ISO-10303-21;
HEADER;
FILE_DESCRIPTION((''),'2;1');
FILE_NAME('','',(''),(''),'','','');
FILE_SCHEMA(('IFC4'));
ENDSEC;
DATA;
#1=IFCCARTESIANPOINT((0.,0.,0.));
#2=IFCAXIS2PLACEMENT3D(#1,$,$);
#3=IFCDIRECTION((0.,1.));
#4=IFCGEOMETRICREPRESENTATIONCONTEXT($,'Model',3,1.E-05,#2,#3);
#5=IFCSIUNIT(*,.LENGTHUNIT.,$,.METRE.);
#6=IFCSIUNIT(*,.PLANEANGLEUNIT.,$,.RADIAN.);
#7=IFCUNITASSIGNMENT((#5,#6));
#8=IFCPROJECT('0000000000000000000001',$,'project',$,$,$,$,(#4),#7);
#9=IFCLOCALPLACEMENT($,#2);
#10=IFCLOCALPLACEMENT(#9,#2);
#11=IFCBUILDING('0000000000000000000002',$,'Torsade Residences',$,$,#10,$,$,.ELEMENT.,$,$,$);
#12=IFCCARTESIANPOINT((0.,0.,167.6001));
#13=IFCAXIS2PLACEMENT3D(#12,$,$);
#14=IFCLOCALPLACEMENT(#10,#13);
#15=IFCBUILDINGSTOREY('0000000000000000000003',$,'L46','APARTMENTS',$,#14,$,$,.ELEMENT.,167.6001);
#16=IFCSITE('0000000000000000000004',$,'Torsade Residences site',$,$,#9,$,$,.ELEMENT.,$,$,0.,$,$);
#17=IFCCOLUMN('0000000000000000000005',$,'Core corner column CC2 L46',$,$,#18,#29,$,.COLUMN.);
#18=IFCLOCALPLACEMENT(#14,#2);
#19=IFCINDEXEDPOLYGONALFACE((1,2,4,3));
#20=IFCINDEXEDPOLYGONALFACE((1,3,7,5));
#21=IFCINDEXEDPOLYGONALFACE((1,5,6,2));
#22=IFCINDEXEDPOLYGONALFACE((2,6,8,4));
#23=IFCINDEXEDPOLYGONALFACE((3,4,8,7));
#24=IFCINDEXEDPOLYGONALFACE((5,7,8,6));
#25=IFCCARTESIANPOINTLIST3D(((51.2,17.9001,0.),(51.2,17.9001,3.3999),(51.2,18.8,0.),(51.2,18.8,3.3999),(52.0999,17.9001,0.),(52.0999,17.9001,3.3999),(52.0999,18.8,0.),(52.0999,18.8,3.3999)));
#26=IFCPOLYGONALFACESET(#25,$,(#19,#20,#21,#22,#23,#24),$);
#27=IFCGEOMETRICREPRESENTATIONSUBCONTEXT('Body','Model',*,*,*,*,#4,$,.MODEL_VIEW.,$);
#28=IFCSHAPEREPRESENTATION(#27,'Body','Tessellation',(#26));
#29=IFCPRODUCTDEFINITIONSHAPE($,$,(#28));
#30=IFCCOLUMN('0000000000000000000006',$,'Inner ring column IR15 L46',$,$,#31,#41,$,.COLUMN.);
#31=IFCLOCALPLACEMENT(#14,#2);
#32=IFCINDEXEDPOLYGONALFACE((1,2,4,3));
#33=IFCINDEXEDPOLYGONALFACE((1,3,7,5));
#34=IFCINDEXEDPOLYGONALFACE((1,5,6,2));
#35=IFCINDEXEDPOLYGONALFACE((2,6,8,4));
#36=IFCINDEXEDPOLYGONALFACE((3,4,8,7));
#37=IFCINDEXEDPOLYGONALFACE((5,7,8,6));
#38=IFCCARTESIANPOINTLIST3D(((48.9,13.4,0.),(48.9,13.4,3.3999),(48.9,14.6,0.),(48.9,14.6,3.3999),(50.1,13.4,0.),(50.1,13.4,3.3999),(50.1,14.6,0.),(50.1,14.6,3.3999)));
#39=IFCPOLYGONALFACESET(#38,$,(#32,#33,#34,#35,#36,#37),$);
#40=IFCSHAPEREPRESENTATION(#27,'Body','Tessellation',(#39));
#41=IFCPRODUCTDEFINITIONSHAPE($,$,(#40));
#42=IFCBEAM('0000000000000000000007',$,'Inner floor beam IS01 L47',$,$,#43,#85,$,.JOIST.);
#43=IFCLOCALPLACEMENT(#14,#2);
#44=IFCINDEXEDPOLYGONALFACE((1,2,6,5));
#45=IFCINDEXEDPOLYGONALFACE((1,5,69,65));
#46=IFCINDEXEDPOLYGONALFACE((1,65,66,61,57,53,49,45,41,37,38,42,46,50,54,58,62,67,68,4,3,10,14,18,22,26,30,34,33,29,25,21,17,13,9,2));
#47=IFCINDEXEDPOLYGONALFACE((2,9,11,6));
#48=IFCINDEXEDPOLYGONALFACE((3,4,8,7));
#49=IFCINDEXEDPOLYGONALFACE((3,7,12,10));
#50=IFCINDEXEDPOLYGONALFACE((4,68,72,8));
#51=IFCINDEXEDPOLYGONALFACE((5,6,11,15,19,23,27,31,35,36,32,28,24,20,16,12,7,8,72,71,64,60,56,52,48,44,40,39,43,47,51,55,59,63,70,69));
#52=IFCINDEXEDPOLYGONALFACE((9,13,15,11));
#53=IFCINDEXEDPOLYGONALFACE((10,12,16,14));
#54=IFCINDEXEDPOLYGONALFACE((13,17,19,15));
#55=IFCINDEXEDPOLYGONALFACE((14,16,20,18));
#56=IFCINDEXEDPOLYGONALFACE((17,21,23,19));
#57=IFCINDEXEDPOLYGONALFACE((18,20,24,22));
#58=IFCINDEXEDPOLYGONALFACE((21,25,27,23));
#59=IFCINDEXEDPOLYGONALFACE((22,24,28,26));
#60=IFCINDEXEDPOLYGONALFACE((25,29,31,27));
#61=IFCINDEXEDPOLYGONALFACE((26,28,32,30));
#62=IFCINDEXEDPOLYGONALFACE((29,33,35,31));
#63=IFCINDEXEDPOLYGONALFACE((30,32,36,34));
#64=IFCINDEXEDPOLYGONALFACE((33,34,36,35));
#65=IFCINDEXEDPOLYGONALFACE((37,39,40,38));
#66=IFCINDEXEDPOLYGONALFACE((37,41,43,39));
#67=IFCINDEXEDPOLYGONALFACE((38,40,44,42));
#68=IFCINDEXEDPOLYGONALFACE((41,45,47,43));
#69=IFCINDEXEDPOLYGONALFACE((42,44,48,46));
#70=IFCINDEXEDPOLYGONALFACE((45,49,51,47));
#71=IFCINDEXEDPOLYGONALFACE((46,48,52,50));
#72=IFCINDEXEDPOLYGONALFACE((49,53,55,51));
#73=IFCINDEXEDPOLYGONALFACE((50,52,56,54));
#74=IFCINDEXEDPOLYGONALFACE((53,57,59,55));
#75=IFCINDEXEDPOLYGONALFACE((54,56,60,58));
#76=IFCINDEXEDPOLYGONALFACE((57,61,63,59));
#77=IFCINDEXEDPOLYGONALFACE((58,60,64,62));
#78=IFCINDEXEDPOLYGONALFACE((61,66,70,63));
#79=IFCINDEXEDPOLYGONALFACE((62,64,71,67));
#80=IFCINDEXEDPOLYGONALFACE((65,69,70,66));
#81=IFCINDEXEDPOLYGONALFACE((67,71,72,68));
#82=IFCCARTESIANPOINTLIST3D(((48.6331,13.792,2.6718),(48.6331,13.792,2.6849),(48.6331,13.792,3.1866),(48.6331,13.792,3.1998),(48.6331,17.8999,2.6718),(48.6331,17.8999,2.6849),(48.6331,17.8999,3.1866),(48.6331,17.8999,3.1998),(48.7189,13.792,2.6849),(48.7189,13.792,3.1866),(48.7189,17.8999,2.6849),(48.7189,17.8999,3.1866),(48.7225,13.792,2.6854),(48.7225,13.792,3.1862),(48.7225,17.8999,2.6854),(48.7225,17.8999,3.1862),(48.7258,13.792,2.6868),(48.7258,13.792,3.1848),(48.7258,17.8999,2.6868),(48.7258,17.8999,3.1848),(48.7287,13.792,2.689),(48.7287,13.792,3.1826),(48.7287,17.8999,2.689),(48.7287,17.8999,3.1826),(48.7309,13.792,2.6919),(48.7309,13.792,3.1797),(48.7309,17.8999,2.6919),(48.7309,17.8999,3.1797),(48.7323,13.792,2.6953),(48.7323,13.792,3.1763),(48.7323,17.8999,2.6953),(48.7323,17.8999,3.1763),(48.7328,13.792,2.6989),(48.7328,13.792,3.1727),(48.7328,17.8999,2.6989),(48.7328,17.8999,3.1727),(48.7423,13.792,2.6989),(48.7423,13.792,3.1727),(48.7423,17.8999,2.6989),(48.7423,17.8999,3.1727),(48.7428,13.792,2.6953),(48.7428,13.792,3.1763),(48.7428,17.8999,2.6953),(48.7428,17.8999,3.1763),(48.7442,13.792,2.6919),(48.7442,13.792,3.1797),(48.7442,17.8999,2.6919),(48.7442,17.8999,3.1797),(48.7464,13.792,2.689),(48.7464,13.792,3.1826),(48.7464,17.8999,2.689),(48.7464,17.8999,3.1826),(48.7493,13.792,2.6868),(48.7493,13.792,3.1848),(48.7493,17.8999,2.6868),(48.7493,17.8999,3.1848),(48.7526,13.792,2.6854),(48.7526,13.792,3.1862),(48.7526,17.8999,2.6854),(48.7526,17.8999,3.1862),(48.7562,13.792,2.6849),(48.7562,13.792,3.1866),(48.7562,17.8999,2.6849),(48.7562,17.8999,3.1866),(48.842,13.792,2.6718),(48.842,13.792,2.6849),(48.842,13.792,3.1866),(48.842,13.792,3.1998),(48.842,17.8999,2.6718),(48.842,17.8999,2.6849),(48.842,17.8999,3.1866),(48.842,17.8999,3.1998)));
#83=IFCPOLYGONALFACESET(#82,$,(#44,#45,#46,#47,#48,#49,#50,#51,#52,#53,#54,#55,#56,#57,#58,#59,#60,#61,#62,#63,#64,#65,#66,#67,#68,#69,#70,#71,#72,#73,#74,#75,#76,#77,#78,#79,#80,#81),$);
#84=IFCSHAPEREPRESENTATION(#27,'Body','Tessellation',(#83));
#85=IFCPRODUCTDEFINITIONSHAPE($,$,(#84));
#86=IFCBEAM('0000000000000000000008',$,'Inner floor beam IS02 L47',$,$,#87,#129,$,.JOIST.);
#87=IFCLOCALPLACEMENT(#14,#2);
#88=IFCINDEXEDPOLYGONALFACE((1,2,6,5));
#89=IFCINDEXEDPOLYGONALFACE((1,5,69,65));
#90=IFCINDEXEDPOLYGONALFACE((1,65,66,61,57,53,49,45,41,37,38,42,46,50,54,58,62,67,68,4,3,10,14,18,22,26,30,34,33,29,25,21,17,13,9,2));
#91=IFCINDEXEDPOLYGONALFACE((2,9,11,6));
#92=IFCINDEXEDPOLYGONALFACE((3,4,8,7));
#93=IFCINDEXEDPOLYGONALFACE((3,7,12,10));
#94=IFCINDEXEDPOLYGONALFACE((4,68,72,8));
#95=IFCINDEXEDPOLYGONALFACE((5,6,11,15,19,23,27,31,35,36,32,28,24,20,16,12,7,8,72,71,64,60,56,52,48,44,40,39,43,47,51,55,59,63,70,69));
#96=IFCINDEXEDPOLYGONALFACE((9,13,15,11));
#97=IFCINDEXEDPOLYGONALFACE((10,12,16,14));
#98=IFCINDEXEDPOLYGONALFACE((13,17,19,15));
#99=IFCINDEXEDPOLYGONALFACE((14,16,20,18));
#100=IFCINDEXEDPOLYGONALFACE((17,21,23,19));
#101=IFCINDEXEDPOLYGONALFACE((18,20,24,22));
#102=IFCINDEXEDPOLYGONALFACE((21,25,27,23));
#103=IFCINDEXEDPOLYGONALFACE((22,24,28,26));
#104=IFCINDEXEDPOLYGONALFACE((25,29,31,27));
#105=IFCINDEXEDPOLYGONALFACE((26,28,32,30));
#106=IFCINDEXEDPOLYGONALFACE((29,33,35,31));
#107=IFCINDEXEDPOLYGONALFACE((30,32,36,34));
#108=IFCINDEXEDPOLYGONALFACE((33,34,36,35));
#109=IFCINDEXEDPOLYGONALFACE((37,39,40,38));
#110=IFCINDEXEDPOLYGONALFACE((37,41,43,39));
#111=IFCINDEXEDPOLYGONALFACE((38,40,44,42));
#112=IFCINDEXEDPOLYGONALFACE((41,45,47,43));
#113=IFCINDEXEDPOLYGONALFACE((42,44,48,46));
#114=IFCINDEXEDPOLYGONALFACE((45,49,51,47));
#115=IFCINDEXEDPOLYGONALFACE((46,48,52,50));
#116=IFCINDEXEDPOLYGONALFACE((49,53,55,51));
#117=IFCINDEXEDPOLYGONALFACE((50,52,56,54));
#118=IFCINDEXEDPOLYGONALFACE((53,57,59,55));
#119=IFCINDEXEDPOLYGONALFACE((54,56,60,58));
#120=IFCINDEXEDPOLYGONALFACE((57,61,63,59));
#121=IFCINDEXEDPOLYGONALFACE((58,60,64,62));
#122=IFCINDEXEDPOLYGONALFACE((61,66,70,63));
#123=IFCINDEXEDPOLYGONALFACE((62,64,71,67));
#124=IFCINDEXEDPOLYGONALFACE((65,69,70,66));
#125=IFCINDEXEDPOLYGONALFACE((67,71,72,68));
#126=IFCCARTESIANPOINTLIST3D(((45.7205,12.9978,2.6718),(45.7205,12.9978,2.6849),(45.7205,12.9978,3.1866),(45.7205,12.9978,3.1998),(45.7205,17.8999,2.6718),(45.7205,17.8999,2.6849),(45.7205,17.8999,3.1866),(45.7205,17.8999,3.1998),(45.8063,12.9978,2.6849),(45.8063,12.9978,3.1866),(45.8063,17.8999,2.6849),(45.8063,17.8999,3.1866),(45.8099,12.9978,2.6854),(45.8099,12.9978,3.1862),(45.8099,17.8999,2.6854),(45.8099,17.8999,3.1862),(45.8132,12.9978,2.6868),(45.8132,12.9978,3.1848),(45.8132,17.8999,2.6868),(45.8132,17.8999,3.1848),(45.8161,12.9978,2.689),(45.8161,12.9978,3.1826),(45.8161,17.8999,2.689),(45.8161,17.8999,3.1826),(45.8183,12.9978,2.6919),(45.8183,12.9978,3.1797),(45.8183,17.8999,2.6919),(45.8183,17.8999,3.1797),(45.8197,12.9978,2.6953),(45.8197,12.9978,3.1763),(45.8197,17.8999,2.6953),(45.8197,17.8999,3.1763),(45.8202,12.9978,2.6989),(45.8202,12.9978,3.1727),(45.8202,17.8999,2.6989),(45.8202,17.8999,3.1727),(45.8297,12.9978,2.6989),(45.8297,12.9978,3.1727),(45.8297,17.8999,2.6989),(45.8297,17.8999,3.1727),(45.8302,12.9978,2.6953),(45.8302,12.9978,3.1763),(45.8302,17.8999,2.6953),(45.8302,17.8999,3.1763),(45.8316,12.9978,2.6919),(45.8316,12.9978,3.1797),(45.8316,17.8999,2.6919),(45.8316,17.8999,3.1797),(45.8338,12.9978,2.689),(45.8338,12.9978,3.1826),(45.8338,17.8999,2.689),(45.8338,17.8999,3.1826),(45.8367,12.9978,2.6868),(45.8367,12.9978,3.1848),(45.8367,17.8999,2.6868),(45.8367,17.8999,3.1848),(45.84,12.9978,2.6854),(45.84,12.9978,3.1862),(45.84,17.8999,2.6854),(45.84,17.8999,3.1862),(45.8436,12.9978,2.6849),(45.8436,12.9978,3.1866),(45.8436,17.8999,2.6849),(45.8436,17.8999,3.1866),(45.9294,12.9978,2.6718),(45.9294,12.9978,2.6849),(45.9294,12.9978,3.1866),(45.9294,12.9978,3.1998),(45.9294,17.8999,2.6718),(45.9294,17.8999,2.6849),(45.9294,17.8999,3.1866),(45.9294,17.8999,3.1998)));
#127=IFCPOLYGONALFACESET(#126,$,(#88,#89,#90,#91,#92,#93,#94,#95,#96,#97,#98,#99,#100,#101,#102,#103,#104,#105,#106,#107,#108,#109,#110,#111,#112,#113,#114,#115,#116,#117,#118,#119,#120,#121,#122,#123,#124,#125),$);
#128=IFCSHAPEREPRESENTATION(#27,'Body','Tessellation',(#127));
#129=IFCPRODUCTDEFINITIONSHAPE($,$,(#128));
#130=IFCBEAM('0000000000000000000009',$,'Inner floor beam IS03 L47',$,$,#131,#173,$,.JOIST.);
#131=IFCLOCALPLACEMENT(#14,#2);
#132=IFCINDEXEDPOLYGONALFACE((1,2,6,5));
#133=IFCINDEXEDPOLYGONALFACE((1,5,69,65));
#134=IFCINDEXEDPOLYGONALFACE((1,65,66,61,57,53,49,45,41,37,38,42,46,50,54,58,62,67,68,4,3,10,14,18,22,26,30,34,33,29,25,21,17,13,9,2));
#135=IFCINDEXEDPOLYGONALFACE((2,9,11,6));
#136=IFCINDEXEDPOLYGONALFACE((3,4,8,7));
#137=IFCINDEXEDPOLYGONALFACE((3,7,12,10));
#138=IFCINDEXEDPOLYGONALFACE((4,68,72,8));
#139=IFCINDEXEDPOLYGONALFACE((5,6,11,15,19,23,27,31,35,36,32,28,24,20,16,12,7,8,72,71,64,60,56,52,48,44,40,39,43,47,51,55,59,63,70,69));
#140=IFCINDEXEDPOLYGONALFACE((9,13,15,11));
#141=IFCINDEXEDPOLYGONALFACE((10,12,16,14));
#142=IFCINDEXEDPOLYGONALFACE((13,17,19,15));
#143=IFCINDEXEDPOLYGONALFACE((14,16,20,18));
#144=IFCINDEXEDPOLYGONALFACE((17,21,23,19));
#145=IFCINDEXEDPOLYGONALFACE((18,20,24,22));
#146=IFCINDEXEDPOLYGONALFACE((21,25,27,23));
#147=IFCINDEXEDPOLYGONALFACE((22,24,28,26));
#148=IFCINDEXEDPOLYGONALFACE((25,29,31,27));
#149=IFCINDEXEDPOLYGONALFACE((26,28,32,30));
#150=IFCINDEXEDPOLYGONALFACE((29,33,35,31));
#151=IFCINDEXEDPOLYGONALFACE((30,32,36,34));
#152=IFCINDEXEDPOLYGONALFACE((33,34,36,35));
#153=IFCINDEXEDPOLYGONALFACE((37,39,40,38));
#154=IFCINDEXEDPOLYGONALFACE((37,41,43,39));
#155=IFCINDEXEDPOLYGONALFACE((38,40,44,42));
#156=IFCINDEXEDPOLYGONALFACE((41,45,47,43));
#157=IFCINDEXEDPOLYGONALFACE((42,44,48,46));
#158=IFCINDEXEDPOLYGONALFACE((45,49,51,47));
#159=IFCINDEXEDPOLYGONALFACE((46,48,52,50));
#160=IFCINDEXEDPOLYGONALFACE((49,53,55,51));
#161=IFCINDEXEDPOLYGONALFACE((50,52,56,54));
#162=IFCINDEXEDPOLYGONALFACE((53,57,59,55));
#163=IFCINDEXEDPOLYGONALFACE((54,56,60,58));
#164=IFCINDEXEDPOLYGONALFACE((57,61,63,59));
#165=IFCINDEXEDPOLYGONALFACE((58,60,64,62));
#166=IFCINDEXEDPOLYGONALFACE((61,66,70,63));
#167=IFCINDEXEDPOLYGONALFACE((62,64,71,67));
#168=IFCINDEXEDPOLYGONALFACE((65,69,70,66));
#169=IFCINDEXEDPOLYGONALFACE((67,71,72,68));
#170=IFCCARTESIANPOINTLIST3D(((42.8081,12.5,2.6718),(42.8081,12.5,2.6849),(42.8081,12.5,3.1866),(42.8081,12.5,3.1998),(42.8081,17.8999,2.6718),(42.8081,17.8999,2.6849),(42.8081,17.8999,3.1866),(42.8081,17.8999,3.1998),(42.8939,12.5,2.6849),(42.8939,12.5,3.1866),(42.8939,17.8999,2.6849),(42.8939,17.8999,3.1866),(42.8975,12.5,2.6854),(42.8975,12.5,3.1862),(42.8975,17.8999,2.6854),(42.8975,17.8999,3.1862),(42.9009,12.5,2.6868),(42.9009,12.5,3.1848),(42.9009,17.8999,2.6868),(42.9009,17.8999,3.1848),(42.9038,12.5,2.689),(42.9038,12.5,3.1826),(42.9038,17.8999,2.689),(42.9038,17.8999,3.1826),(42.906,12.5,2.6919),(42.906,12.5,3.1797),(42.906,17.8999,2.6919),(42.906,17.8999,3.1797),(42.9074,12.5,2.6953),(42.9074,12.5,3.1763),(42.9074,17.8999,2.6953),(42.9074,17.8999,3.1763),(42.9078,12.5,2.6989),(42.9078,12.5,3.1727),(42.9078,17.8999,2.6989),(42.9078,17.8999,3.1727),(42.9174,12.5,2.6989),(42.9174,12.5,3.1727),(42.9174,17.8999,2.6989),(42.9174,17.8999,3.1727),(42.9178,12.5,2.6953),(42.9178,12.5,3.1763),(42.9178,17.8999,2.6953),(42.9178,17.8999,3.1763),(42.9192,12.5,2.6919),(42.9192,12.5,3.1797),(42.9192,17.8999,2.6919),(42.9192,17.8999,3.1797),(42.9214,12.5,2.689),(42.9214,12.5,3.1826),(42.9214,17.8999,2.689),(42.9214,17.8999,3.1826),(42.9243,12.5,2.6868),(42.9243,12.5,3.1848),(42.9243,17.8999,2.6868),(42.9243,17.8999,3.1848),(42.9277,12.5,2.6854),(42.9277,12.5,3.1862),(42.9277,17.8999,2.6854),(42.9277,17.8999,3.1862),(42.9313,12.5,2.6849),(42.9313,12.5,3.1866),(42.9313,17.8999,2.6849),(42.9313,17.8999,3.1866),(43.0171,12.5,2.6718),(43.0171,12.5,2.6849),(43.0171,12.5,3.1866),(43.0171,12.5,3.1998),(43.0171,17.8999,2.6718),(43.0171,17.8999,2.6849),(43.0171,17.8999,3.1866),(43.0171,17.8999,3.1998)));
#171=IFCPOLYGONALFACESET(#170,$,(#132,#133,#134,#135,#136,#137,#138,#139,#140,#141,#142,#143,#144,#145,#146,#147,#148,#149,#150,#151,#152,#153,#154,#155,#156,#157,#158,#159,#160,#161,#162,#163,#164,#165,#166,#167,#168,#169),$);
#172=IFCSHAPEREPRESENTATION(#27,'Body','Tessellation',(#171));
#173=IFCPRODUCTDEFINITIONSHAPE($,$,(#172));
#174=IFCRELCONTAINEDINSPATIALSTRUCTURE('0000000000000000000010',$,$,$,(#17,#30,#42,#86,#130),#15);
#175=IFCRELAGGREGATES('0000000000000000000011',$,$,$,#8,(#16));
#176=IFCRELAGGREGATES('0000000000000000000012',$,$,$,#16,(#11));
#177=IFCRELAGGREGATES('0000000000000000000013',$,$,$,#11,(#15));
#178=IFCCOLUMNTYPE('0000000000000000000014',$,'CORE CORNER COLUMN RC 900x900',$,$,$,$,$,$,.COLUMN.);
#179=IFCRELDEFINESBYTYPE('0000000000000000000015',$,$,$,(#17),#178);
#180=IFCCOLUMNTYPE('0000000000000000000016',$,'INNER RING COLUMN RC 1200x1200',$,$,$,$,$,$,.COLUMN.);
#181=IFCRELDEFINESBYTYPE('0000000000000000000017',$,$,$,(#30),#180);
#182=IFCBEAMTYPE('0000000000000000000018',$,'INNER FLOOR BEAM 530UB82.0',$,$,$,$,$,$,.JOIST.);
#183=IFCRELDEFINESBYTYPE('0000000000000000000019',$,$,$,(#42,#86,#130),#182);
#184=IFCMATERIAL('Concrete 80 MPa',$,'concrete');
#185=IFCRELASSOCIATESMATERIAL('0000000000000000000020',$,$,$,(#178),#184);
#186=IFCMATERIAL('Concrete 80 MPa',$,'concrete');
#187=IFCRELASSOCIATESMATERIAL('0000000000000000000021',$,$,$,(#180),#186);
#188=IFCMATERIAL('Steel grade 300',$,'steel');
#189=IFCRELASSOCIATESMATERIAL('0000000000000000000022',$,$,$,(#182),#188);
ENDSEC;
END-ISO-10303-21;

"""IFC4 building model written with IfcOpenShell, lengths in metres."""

from ifc_helpers import new_model, si_unit, direction, frame, origin, origin_2d, place, context, subcontext, project, spatial, rectangle, i_section, extrude, material, material_profile, profile_set, type_object, element, save


model = new_model("IFC4")

# Units and contexts
model_context = context("Model", 3, precision=1e-05, world=origin(), true_north=direction((0.0, 1.0)))
body_context = subcontext(model_context, "Body", "Model", "MODEL_VIEW")
ifc_project = project(units=[si_unit("LENGTHUNIT", "METRE"), si_unit("PLANEANGLEUNIT", "RADIAN")], contexts=[model_context])

# Site, building, storey
site_placement = place(None, origin())
site = spatial("IfcSite", under=ifc_project, at=site_placement, Name="Torsade Residences site", CompositionType="ELEMENT", RefElevation=0.0)
building_placement = place(site_placement, origin())
building = spatial("IfcBuilding", under=site, at=building_placement, Name="Torsade Residences", CompositionType="ELEMENT")
storey_placement = place(building_placement, frame((0.0, 0.0, 167.6001)))
storey = spatial("IfcBuildingStorey", under=building, at=storey_placement, Name="L46", Description="APARTMENTS", CompositionType="ELEMENT", Elevation=167.6001)

# Columns
ifc_material_1 = material(Name="Concrete 80 MPa", Category="concrete")
ifc_material_profile_1 = material_profile(ifc_material_1, rectangle(XDim=0.8999, YDim=0.8999, at=origin_2d()), Name="RC 900x900")
ifc_profile_set_1 = profile_set([ifc_material_profile_1], Name="Concrete 80 MPa")
column_type_1 = type_object("IfcColumnType", Name="CORE CORNER COLUMN RC 900x900", PredefinedType="COLUMN", material=ifc_profile_set_1)
column_1_placement = place(storey_placement, frame((51.6499, 18.3501, 0.0), z_axis=(0.0, 0.0, 1.0), x_axis=(1.0, 0.0, 0.0)))
element("IfcColumn", 1, at=column_1_placement, inside=storey, type_object=column_type_1, Name="Core corner column CC2 L46", PredefinedType="COLUMN", context=body_context, shape_type="SweptSolid", body=[
    extrude(rectangle(XDim=0.8999, YDim=0.8999, at=origin_2d()), origin(), (0.0, 0.0, 1.0), 3.3999),
])
ifc_material_2 = material(Name="Concrete 80 MPa", Category="concrete")
ifc_material_profile_2 = material_profile(ifc_material_2, rectangle(XDim=1.2, YDim=1.2, at=origin_2d()), Name="RC 1200x1200")
ifc_profile_set_2 = profile_set([ifc_material_profile_2], Name="Concrete 80 MPa")
column_type_2 = type_object("IfcColumnType", Name="INNER RING COLUMN RC 1200x1200", PredefinedType="COLUMN", material=ifc_profile_set_2)
column_2_placement = place(storey_placement, frame((49.5, 14.0, 0.0), z_axis=(0.0, 0.0, 1.0), x_axis=(1.0, 0.0, 0.0)))
element("IfcColumn", 2, at=column_2_placement, inside=storey, type_object=column_type_2, Name="Inner ring column IR15 L46", PredefinedType="COLUMN", context=body_context, shape_type="SweptSolid", body=[
    extrude(rectangle(XDim=1.2, YDim=1.2, at=origin_2d()), origin(), (0.0, 0.0, 1.0), 3.3999),
])

# Beams
ifc_material_3 = material(Name="Steel grade 300", Category="steel")
ifc_material_profile_3 = material_profile(ifc_material_3, i_section(OverallWidth=0.209, OverallDepth=0.5281, WebThickness=0.0095, FlangeThickness=0.0132, FilletRadius=0.0139, at=origin_2d()), Name="530UB82.0")
ifc_profile_set_3 = profile_set([ifc_material_profile_3], Name="Steel grade 300")
beam_type_1 = type_object("IfcBeamType", Name="INNER FLOOR BEAM 530UB82.0", PredefinedType="JOIST", material=ifc_profile_set_3)
beam_1_placement = place(storey_placement, frame((48.7375, 17.8999, 2.9358), z_axis=(0.0, -1.0, 0.0), x_axis=(1.0, 0.0, 0.0)))
element("IfcBeam", 3, at=beam_1_placement, inside=storey, type_object=beam_type_1, Name="Inner floor beam IS01 L47", PredefinedType="JOIST", context=body_context, shape_type="SweptSolid", body=[
    extrude(i_section(OverallWidth=0.209, OverallDepth=0.5281, WebThickness=0.0095, FlangeThickness=0.0132, FilletRadius=0.0139, at=origin_2d()), origin(), (0.0, 0.0, 1.0), 4.1079),
])
beam_2_placement = place(storey_placement, frame((45.825, 17.8999, 2.9358), z_axis=(0.0, -1.0, 0.0), x_axis=(1.0, 0.0, 0.0)))
element("IfcBeam", 4, at=beam_2_placement, inside=storey, type_object=beam_type_1, Name="Inner floor beam IS02 L47", PredefinedType="JOIST", context=body_context, shape_type="SweptSolid", body=[
    extrude(i_section(OverallWidth=0.209, OverallDepth=0.5281, WebThickness=0.0095, FlangeThickness=0.0132, FilletRadius=0.0139, at=origin_2d()), origin(), (0.0, 0.0, 1.0), 4.9021),
])
for number, where, z_axis, x_axis, name in (
    (5, (42.9126, 17.8999, 2.9358), (0.0, -1.0, 0.0), (1.0, 0.0, 0.0), "Inner floor beam IS03 L47"),
):
    element("IfcBeam", number, at=place(storey_placement, frame(where, z_axis=z_axis, x_axis=x_axis)), inside=storey, type_object=beam_type_1, Name=name, PredefinedType="JOIST", context=body_context, shape_type="SweptSolid", body=[
        extrude(i_section(OverallWidth=0.209, OverallDepth=0.5281, WebThickness=0.0095, FlangeThickness=0.0132, FilletRadius=0.0139, at=origin_2d()), origin(), (0.0, 0.0, 1.0), 5.3999),
    ])

save(model, "model.ifc")
